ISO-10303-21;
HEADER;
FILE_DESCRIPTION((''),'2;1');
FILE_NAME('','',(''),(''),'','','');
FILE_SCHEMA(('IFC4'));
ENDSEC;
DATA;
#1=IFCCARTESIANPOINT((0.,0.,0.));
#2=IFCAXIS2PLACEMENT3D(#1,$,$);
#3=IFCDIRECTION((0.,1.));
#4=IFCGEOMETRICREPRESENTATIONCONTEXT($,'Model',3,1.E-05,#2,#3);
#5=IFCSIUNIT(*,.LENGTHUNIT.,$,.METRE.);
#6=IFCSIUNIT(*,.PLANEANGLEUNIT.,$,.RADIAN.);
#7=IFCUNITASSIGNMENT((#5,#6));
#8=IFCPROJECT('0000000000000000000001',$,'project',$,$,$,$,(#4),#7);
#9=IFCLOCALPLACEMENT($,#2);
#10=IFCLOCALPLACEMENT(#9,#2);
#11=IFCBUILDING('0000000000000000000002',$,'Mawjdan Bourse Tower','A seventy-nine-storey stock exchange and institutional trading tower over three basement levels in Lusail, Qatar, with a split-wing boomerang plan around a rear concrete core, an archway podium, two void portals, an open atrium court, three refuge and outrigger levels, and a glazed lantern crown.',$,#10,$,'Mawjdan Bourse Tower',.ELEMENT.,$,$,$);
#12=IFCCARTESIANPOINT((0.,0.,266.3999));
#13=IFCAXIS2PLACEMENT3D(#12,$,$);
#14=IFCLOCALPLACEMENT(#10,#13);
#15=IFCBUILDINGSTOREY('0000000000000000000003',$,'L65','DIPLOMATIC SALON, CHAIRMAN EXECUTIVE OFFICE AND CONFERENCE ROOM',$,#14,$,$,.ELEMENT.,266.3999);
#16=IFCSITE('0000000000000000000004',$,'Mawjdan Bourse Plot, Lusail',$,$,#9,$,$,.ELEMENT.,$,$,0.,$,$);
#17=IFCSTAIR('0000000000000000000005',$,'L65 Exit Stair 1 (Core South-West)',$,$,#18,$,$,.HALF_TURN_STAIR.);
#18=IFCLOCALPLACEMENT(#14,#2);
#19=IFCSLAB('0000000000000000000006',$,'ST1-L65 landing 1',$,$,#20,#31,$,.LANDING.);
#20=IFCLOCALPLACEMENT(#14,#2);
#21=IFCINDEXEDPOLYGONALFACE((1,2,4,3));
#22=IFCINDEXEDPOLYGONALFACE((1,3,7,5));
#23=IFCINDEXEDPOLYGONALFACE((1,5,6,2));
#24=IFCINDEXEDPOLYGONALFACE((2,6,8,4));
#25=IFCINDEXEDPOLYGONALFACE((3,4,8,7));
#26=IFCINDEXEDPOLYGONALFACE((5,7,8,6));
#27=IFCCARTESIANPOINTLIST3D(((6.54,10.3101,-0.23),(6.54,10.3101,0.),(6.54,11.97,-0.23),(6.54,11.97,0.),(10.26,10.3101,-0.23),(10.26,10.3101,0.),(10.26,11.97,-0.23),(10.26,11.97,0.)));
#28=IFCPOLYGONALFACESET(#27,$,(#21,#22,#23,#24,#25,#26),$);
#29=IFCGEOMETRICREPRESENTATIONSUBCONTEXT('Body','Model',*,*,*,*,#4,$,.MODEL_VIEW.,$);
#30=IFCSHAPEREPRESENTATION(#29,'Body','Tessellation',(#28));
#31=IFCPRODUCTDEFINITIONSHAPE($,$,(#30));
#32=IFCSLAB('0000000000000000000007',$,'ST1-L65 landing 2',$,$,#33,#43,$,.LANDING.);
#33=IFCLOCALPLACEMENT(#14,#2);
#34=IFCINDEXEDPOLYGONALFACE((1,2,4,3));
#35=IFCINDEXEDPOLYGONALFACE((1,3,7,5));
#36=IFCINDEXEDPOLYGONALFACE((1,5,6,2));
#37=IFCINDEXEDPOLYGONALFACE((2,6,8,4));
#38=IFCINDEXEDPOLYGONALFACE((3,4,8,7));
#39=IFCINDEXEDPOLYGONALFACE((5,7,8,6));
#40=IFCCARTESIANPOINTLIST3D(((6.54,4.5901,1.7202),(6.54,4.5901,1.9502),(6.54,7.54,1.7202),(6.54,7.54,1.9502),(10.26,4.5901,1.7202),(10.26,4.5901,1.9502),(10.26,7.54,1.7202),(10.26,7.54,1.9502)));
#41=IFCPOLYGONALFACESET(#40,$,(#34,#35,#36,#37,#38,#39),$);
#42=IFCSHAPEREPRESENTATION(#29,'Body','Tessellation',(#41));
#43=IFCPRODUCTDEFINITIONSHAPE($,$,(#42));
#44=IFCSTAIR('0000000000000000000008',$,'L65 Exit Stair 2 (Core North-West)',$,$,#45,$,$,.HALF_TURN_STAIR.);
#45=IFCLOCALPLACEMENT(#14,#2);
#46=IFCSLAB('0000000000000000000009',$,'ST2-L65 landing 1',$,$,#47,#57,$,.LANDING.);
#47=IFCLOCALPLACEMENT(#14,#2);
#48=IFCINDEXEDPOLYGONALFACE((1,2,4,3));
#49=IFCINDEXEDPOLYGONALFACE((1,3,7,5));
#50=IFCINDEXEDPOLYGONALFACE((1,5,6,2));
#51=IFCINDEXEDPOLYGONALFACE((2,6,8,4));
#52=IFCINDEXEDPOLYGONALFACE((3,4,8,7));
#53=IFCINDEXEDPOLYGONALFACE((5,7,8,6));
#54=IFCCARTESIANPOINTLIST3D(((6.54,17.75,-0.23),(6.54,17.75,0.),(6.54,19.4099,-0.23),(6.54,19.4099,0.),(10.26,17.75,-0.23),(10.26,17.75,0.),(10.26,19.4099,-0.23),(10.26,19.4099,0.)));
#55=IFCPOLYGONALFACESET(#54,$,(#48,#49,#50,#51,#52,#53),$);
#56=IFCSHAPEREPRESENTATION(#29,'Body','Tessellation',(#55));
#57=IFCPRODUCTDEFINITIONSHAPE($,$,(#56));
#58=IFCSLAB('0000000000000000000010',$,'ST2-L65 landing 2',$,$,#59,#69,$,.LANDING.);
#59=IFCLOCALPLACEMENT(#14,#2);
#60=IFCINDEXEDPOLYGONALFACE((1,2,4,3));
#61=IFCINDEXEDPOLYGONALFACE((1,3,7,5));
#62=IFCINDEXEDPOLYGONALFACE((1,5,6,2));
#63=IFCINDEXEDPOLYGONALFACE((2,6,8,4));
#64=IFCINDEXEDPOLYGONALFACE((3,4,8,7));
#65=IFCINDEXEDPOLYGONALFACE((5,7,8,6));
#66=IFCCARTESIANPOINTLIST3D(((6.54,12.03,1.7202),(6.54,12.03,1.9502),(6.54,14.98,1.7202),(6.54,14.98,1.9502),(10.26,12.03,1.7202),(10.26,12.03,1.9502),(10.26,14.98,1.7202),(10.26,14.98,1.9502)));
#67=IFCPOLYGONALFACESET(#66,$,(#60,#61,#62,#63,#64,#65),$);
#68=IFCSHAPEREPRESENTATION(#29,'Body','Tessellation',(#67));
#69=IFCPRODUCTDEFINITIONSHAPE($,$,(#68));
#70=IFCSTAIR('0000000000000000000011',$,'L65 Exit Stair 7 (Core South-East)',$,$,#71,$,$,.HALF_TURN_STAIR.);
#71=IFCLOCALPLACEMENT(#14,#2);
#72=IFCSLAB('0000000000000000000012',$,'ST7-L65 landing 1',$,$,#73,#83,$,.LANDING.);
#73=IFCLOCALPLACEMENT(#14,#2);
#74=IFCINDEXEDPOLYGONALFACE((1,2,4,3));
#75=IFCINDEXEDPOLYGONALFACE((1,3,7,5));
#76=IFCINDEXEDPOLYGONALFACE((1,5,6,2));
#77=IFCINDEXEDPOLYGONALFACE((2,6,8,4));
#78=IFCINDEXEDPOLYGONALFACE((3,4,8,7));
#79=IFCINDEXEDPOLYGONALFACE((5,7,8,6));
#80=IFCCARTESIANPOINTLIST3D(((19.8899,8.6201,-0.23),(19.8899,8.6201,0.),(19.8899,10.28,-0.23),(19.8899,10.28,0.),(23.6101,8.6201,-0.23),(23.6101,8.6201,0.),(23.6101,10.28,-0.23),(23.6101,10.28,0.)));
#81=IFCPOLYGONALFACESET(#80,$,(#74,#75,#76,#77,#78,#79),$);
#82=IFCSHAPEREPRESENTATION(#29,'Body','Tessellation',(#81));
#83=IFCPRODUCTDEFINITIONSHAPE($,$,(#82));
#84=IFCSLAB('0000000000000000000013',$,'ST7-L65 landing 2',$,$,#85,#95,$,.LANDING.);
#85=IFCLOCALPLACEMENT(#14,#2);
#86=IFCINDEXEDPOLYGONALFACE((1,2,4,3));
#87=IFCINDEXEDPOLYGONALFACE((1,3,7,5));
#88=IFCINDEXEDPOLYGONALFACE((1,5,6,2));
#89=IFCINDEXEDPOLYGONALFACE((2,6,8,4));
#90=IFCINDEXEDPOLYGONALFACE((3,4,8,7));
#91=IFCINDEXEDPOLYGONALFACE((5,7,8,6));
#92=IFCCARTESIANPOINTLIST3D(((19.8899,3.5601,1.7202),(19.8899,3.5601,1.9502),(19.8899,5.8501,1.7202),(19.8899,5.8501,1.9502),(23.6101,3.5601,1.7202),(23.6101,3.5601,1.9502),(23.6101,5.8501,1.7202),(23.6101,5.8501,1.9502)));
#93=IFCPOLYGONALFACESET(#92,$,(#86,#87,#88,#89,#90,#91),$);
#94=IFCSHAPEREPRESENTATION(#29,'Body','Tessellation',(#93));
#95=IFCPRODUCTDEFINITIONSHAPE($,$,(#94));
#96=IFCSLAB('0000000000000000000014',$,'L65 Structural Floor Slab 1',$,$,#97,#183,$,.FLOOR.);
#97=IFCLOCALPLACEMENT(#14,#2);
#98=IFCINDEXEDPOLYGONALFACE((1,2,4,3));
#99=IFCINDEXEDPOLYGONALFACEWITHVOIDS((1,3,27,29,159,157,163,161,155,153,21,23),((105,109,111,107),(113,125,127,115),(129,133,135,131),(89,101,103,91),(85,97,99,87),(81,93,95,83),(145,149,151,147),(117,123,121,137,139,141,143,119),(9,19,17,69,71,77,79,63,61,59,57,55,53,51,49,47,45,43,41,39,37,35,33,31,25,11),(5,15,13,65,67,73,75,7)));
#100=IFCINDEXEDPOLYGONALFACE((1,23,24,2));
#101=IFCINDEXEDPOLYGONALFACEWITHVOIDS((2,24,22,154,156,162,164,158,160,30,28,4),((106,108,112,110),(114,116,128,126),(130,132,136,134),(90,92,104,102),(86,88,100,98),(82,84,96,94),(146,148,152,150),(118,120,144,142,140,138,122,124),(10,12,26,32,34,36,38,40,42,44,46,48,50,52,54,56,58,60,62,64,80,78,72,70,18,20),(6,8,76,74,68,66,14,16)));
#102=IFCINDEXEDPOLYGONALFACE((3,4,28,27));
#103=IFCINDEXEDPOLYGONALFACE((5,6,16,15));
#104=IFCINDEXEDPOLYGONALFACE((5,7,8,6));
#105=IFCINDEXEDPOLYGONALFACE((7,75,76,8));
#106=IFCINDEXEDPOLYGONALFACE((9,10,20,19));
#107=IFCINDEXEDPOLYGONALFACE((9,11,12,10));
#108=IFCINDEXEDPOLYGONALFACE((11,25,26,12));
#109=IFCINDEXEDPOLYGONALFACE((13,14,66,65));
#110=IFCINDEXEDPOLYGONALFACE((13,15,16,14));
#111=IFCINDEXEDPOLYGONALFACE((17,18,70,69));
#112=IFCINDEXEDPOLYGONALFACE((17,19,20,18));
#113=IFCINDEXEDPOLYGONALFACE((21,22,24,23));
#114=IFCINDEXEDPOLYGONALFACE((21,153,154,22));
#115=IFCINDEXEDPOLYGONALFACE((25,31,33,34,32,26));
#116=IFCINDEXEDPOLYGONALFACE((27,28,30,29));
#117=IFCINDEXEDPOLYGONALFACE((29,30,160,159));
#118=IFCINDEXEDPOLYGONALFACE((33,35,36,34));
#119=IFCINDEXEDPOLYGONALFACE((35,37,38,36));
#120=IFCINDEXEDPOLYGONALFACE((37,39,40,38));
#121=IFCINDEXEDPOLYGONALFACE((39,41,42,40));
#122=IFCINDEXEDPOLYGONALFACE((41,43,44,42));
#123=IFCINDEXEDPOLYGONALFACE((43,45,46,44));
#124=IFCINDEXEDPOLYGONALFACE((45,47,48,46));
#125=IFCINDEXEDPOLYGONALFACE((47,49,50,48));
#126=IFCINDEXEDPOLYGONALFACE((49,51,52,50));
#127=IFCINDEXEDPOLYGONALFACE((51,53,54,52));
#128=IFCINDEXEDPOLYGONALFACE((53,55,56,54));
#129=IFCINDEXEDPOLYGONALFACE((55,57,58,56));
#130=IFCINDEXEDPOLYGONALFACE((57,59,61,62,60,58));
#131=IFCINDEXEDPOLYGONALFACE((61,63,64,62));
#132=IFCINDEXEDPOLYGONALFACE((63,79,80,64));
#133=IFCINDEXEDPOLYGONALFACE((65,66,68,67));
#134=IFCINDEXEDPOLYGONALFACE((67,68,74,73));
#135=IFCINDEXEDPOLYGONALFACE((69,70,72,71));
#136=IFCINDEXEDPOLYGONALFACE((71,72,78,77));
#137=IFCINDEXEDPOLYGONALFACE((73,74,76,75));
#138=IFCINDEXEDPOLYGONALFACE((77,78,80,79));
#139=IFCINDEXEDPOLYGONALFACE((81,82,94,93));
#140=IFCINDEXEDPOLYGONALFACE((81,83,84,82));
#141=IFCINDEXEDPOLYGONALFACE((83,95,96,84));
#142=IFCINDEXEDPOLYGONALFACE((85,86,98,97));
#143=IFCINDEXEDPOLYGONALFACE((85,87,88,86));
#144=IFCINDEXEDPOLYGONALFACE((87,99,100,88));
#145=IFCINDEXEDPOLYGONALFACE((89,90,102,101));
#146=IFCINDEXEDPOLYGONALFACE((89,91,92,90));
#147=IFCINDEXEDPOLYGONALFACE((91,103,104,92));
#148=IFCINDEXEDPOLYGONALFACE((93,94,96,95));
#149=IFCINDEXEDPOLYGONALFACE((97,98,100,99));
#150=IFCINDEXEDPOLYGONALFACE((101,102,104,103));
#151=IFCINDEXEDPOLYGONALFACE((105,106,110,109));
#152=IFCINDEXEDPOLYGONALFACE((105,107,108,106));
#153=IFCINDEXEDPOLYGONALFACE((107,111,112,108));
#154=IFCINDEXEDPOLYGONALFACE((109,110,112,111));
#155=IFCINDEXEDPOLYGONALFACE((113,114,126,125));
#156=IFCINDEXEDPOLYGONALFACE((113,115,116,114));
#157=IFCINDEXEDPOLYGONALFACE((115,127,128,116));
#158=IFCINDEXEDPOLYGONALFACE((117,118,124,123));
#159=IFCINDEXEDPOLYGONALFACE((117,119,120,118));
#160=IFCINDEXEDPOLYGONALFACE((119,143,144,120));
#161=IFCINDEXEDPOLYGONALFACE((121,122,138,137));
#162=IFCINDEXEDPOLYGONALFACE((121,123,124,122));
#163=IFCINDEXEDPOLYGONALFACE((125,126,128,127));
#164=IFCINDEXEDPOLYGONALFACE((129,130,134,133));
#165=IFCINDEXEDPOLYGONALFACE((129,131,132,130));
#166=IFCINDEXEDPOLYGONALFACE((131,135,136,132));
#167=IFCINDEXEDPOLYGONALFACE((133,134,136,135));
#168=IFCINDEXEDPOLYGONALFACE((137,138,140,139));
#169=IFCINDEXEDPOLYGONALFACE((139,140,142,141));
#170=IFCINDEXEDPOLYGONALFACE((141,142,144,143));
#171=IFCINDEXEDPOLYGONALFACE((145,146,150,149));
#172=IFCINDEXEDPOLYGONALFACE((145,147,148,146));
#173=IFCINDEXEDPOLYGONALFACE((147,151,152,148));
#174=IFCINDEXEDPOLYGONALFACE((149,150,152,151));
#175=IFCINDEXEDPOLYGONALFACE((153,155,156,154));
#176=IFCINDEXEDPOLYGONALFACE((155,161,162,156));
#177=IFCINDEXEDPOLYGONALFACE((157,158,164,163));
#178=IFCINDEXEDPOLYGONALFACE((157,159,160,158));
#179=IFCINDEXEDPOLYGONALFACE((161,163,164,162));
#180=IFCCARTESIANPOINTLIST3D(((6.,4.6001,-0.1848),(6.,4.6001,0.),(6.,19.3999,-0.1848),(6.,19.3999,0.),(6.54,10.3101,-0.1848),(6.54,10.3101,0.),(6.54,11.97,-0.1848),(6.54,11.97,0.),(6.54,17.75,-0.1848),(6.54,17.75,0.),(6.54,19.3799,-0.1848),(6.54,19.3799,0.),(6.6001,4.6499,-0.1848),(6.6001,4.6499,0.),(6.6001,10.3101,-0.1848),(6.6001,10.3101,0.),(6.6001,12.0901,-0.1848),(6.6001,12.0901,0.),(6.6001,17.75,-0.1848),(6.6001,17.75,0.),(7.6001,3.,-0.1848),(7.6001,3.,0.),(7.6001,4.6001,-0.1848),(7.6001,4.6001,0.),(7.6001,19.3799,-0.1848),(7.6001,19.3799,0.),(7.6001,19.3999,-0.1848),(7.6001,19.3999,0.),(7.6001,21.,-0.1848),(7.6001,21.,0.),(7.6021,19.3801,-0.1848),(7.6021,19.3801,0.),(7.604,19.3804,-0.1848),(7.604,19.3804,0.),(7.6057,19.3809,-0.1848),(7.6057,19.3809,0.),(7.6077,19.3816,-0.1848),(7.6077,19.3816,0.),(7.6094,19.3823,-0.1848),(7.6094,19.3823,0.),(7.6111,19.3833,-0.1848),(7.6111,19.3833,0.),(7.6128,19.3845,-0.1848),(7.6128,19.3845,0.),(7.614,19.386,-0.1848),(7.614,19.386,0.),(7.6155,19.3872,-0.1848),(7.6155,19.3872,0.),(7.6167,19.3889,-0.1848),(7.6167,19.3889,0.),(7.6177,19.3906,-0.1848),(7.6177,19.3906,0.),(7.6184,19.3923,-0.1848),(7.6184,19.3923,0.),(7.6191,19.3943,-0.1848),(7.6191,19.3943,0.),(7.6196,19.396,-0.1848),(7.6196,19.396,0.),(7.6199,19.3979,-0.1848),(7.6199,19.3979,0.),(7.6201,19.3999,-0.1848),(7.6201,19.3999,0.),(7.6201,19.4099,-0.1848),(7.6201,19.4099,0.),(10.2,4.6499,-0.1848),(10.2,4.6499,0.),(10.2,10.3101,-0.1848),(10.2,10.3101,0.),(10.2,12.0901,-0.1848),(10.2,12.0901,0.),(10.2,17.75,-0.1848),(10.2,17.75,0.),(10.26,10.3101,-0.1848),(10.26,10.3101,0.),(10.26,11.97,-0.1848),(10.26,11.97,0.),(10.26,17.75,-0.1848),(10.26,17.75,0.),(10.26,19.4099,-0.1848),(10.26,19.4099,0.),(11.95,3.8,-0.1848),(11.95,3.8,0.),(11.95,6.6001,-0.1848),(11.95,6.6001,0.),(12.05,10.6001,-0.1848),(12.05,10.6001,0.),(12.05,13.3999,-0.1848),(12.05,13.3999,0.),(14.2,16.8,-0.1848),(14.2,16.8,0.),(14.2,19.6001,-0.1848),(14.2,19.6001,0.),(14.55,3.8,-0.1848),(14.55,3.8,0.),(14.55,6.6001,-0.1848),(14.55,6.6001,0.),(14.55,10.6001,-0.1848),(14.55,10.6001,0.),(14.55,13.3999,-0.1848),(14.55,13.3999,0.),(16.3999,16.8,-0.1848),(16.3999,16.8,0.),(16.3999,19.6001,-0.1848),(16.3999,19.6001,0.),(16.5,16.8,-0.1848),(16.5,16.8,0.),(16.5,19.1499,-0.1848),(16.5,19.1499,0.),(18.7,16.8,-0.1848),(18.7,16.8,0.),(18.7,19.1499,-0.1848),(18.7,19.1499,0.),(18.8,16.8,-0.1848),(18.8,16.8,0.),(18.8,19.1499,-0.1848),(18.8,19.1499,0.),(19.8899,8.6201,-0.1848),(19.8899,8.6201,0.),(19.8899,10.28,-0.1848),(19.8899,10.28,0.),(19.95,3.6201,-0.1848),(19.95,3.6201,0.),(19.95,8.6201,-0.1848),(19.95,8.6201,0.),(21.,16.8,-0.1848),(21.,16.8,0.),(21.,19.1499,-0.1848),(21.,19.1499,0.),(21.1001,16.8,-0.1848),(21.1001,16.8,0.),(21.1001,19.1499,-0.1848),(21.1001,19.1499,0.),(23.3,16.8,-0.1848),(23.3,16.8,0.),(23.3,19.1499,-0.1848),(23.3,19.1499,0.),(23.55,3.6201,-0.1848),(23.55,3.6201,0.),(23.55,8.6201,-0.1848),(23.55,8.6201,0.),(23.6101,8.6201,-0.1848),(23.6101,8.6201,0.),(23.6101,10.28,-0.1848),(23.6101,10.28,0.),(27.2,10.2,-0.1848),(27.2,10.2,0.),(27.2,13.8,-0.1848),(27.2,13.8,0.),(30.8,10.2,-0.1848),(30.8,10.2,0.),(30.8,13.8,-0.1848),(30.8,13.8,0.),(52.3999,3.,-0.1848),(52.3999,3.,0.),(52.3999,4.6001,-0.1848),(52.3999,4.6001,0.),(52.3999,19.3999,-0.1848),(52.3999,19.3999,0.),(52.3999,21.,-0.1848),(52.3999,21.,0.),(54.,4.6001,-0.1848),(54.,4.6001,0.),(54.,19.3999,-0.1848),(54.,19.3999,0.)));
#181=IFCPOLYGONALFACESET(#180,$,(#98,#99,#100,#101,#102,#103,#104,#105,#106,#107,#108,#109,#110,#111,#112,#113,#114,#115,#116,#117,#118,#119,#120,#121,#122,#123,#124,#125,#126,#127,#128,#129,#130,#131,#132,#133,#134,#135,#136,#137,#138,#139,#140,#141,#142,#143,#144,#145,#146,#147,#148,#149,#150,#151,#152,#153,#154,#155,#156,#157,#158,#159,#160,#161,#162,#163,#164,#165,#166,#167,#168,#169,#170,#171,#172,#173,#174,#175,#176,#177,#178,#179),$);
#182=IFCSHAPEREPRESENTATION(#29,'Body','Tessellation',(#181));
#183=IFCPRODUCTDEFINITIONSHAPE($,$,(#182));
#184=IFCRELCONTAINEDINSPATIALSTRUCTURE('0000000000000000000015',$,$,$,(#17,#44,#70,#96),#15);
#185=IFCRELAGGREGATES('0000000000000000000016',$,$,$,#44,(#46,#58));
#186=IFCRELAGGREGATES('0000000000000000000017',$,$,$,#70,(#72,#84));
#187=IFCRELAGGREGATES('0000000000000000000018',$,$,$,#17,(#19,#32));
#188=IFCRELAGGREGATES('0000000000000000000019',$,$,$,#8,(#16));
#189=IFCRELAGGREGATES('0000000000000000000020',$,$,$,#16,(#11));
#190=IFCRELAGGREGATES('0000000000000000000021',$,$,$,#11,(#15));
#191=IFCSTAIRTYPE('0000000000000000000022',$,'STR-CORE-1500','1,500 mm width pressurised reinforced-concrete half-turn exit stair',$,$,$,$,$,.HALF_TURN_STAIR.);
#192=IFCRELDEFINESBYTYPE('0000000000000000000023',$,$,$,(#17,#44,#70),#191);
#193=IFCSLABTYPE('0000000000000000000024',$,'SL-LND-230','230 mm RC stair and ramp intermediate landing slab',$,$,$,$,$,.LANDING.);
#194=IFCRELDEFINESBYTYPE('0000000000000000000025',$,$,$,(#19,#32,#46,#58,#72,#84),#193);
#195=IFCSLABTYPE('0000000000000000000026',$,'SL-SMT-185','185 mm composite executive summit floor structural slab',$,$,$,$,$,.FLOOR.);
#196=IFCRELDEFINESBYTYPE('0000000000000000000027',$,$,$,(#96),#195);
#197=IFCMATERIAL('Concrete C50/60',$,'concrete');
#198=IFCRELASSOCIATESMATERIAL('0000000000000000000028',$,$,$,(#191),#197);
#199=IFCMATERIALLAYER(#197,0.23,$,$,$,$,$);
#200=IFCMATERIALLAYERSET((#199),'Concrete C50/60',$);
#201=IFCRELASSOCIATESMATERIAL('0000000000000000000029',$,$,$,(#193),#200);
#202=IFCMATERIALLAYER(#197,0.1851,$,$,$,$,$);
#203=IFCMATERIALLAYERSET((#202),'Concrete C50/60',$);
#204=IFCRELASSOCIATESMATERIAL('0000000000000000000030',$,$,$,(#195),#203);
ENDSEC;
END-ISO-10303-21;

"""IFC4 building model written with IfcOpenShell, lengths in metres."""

from ifc_helpers import new_model, si_unit, direction, frame, origin, place, context, subcontext, project, spatial, polyline, outline, extrude, material, layer, layer_set, type_object, element, aggregate, save


model = new_model("IFC4")

# Units and contexts
model_context = context("Model", 3, precision=1e-05, world=origin(), true_north=direction((0.0, 1.0)))
body_context = subcontext(model_context, "Body", "Model", "MODEL_VIEW")
ifc_project = project(units=[si_unit("LENGTHUNIT", "METRE"), si_unit("PLANEANGLEUNIT", "RADIAN")], contexts=[model_context])

# Site, building, storey
site_placement = place(None, origin())
site = spatial("IfcSite", under=ifc_project, at=site_placement, Name="Mawjdan Bourse Plot, Lusail", CompositionType="ELEMENT", RefElevation=0.0)
building_placement = place(site_placement, origin())
building = spatial("IfcBuilding", under=site, at=building_placement, Name="Mawjdan Bourse Tower", Description="A seventy-nine-storey stock exchange and institutional trading tower over three basement levels in Lusail, Qatar, with a split-wing boomerang plan around a rear concrete core, an archway podium, two void portals, an open atrium court, three refuge and outrigger levels, and a glazed lantern crown.", LongName="Mawjdan Bourse Tower", CompositionType="ELEMENT")
storey_placement = place(building_placement, frame((0.0, 0.0, 266.3999)))
storey = spatial("IfcBuildingStorey", under=building, at=storey_placement, Name="L65", Description="DIPLOMATIC SALON, CHAIRMAN EXECUTIVE OFFICE AND CONFERENCE ROOM", CompositionType="ELEMENT", Elevation=266.3999)

# Stairs, slabs
ifc_material_1 = material(Name="Concrete C50/60", Category="concrete")
stair_type = type_object("IfcStairType", Name="STR-CORE-1500", Description="1,500 mm width pressurised reinforced-concrete half-turn exit stair", PredefinedType="HALF_TURN_STAIR", material=ifc_material_1)
stair_1_placement = place(storey_placement, origin())
stair_1 = element("IfcStair", 1, at=stair_1_placement, inside=storey, type_object=stair_type, Name="L65 Exit Stair 1 (Core South-West)", PredefinedType="HALF_TURN_STAIR")
ifc_layer_1 = layer(ifc_material_1, 0.23)
ifc_layer_set_1 = layer_set([ifc_layer_1], Name="Concrete C50/60")
slab_type_1 = type_object("IfcSlabType", Name="SL-LND-230", Description="230 mm RC stair and ramp intermediate landing slab", PredefinedType="LANDING", material=ifc_layer_set_1)
slab_1_placement = place(storey_placement, frame((0.0, 0.0, -0.23)))
slab_1 = element("IfcSlab", 2, at=slab_1_placement, type_object=slab_type_1, Name="ST1-L65 landing 1", PredefinedType="LANDING", context=body_context, shape_type="SweptSolid", body=[
    extrude(outline(polyline([(6.54, 10.3101), (10.26, 10.3101), (10.26, 11.97), (6.54, 11.97), (6.54, 10.3101)])), origin(), (0.0, 0.0, 1.0), 0.23),
])
slab_2_placement = place(storey_placement, frame((0.0, 0.0, 1.7202)))
slab_2 = element("IfcSlab", 3, at=slab_2_placement, type_object=slab_type_1, Name="ST1-L65 landing 2", PredefinedType="LANDING", context=body_context, shape_type="SweptSolid", body=[
    extrude(outline(polyline([(6.54, 4.5901), (10.26, 4.5901), (10.26, 7.54), (6.54, 7.54), (6.54, 4.5901)])), origin(), (0.0, 0.0, 1.0), 0.23),
])
stair_2_placement = place(storey_placement, origin())
stair_2 = element("IfcStair", 4, at=stair_2_placement, inside=storey, type_object=stair_type, Name="L65 Exit Stair 2 (Core North-West)", PredefinedType="HALF_TURN_STAIR")
slab_3_placement = place(storey_placement, frame((0.0, 0.0, -0.23)))
slab_3 = element("IfcSlab", 5, at=slab_3_placement, type_object=slab_type_1, Name="ST2-L65 landing 1", PredefinedType="LANDING", context=body_context, shape_type="SweptSolid", body=[
    extrude(outline(polyline([(6.54, 17.75), (10.26, 17.75), (10.26, 19.4099), (6.54, 19.4099), (6.54, 17.75)])), origin(), (0.0, 0.0, 1.0), 0.23),
])
slab_4_placement = place(storey_placement, frame((0.0, 0.0, 1.7202)))
slab_4 = element("IfcSlab", 6, at=slab_4_placement, type_object=slab_type_1, Name="ST2-L65 landing 2", PredefinedType="LANDING", context=body_context, shape_type="SweptSolid", body=[
    extrude(outline(polyline([(6.54, 12.03), (10.26, 12.03), (10.26, 14.98), (6.54, 14.98), (6.54, 12.03)])), origin(), (0.0, 0.0, 1.0), 0.23),
])
aggregate(stair_2, [slab_3, slab_4])
stair_3_placement = place(storey_placement, origin())
stair_3 = element("IfcStair", 7, at=stair_3_placement, inside=storey, type_object=stair_type, Name="L65 Exit Stair 7 (Core South-East)", PredefinedType="HALF_TURN_STAIR")
slab_5_placement = place(storey_placement, frame((0.0, 0.0, -0.23)))
slab_5 = element("IfcSlab", 8, at=slab_5_placement, type_object=slab_type_1, Name="ST7-L65 landing 1", PredefinedType="LANDING", context=body_context, shape_type="SweptSolid", body=[
    extrude(outline(polyline([(19.8899, 8.6201), (23.6101, 8.6201), (23.6101, 10.28), (19.8899, 10.28), (19.8899, 8.6201)])), origin(), (0.0, 0.0, 1.0), 0.23),
])
slab_6_placement = place(storey_placement, frame((0.0, 0.0, 1.7202)))
slab_6 = element("IfcSlab", 9, at=slab_6_placement, type_object=slab_type_1, Name="ST7-L65 landing 2", PredefinedType="LANDING", context=body_context, shape_type="SweptSolid", body=[
    extrude(outline(polyline([(19.8899, 3.5601), (23.6101, 3.5601), (23.6101, 5.8501), (19.8899, 5.8501), (19.8899, 3.5601)])), origin(), (0.0, 0.0, 1.0), 0.23),
])
aggregate(stair_3, [slab_5, slab_6])

# Slab
ifc_layer_2 = layer(ifc_material_1, 0.1851)
ifc_layer_set_2 = layer_set([ifc_layer_2], Name="Concrete C50/60")
slab_type_2 = type_object("IfcSlabType", Name="SL-SMT-185", Description="185 mm composite executive summit floor structural slab", PredefinedType="FLOOR", material=ifc_layer_set_2)
slab_7_placement = place(storey_placement, frame((0.0, 0.0, -0.1848)))
element("IfcSlab", 10, at=slab_7_placement, inside=storey, type_object=slab_type_2, Name="L65 Structural Floor Slab 1", PredefinedType="FLOOR", context=body_context, shape_type="SweptSolid", body=[
    extrude(outline(polyline([(7.6001, 3.0), (52.3999, 3.0), (52.3999, 4.6001), (54.0, 4.6001), (54.0, 19.3999), (52.3999, 19.3999), (52.3999, 21.0), (7.6001, 21.0), (7.6001, 19.3999), (6.0, 19.3999), (6.0, 4.6001), (7.6001, 4.6001), (7.6001, 3.0)]), holes=[polyline([(14.55, 3.8), (11.95, 3.8), (11.95, 6.6001), (14.55, 6.6001), (14.55, 3.8)]), polyline([(10.26, 11.97), (10.26, 10.3101), (10.2, 10.3101), (10.2, 4.6499), (6.6001, 4.6499), (6.6001, 10.3101), (6.54, 10.3101), (6.54, 11.97), (10.26, 11.97)]), polyline([(14.55, 10.6001), (12.05, 10.6001), (12.05, 13.3999), (14.55, 13.3999), (14.55, 10.6001)]), polyline([(6.6001, 12.0901), (6.6001, 17.75), (6.54, 17.75), (6.54, 19.3799), (7.6001, 19.3799), (7.6021, 19.3801), (7.604, 19.3804), (7.6057, 19.3809), (7.6077, 19.3816), (7.6094, 19.3823), (7.6111, 19.3833), (7.6128, 19.3845), (7.614, 19.386), (7.6155, 19.3872), (7.6167, 19.3889), (7.6177, 19.3906), (7.6184, 19.3923), (7.6191, 19.3943), (7.6196, 19.396), (7.6199, 19.3979), (7.6201, 19.3999), (7.6201, 19.4099), (10.26, 19.4099), (10.26, 17.75), (10.2, 17.75), (10.2, 12.0901), (6.6001, 12.0901)]), polyline([(14.2, 16.8), (14.2, 19.6001), (16.3999, 19.6001), (16.3999, 16.8), (14.2, 16.8)]), polyline([(23.6101, 10.28), (23.6101, 8.6201), (23.55, 8.6201), (23.55, 3.6201), (19.95, 3.6201), (19.95, 8.6201), (19.8899, 8.6201), (19.8899, 10.28), (23.6101, 10.28)]), polyline([(27.2, 10.2), (27.2, 13.8), (30.8, 13.8), (30.8, 10.2), (27.2, 10.2)]), polyline([(16.5, 16.8), (16.5, 19.1499), (18.7, 19.1499), (18.7, 16.8), (16.5, 16.8)]), polyline([(18.8, 16.8), (18.8, 19.1499), (21.0, 19.1499), (21.0, 16.8), (18.8, 16.8)]), polyline([(21.1001, 16.8), (21.1001, 19.1499), (23.3, 19.1499), (23.3, 16.8), (21.1001, 16.8)])]), origin(), (0.0, 0.0, 1.0), 0.1848),
])

aggregate(stair_1, [slab_1, slab_2])

save(model, "model.ifc")
